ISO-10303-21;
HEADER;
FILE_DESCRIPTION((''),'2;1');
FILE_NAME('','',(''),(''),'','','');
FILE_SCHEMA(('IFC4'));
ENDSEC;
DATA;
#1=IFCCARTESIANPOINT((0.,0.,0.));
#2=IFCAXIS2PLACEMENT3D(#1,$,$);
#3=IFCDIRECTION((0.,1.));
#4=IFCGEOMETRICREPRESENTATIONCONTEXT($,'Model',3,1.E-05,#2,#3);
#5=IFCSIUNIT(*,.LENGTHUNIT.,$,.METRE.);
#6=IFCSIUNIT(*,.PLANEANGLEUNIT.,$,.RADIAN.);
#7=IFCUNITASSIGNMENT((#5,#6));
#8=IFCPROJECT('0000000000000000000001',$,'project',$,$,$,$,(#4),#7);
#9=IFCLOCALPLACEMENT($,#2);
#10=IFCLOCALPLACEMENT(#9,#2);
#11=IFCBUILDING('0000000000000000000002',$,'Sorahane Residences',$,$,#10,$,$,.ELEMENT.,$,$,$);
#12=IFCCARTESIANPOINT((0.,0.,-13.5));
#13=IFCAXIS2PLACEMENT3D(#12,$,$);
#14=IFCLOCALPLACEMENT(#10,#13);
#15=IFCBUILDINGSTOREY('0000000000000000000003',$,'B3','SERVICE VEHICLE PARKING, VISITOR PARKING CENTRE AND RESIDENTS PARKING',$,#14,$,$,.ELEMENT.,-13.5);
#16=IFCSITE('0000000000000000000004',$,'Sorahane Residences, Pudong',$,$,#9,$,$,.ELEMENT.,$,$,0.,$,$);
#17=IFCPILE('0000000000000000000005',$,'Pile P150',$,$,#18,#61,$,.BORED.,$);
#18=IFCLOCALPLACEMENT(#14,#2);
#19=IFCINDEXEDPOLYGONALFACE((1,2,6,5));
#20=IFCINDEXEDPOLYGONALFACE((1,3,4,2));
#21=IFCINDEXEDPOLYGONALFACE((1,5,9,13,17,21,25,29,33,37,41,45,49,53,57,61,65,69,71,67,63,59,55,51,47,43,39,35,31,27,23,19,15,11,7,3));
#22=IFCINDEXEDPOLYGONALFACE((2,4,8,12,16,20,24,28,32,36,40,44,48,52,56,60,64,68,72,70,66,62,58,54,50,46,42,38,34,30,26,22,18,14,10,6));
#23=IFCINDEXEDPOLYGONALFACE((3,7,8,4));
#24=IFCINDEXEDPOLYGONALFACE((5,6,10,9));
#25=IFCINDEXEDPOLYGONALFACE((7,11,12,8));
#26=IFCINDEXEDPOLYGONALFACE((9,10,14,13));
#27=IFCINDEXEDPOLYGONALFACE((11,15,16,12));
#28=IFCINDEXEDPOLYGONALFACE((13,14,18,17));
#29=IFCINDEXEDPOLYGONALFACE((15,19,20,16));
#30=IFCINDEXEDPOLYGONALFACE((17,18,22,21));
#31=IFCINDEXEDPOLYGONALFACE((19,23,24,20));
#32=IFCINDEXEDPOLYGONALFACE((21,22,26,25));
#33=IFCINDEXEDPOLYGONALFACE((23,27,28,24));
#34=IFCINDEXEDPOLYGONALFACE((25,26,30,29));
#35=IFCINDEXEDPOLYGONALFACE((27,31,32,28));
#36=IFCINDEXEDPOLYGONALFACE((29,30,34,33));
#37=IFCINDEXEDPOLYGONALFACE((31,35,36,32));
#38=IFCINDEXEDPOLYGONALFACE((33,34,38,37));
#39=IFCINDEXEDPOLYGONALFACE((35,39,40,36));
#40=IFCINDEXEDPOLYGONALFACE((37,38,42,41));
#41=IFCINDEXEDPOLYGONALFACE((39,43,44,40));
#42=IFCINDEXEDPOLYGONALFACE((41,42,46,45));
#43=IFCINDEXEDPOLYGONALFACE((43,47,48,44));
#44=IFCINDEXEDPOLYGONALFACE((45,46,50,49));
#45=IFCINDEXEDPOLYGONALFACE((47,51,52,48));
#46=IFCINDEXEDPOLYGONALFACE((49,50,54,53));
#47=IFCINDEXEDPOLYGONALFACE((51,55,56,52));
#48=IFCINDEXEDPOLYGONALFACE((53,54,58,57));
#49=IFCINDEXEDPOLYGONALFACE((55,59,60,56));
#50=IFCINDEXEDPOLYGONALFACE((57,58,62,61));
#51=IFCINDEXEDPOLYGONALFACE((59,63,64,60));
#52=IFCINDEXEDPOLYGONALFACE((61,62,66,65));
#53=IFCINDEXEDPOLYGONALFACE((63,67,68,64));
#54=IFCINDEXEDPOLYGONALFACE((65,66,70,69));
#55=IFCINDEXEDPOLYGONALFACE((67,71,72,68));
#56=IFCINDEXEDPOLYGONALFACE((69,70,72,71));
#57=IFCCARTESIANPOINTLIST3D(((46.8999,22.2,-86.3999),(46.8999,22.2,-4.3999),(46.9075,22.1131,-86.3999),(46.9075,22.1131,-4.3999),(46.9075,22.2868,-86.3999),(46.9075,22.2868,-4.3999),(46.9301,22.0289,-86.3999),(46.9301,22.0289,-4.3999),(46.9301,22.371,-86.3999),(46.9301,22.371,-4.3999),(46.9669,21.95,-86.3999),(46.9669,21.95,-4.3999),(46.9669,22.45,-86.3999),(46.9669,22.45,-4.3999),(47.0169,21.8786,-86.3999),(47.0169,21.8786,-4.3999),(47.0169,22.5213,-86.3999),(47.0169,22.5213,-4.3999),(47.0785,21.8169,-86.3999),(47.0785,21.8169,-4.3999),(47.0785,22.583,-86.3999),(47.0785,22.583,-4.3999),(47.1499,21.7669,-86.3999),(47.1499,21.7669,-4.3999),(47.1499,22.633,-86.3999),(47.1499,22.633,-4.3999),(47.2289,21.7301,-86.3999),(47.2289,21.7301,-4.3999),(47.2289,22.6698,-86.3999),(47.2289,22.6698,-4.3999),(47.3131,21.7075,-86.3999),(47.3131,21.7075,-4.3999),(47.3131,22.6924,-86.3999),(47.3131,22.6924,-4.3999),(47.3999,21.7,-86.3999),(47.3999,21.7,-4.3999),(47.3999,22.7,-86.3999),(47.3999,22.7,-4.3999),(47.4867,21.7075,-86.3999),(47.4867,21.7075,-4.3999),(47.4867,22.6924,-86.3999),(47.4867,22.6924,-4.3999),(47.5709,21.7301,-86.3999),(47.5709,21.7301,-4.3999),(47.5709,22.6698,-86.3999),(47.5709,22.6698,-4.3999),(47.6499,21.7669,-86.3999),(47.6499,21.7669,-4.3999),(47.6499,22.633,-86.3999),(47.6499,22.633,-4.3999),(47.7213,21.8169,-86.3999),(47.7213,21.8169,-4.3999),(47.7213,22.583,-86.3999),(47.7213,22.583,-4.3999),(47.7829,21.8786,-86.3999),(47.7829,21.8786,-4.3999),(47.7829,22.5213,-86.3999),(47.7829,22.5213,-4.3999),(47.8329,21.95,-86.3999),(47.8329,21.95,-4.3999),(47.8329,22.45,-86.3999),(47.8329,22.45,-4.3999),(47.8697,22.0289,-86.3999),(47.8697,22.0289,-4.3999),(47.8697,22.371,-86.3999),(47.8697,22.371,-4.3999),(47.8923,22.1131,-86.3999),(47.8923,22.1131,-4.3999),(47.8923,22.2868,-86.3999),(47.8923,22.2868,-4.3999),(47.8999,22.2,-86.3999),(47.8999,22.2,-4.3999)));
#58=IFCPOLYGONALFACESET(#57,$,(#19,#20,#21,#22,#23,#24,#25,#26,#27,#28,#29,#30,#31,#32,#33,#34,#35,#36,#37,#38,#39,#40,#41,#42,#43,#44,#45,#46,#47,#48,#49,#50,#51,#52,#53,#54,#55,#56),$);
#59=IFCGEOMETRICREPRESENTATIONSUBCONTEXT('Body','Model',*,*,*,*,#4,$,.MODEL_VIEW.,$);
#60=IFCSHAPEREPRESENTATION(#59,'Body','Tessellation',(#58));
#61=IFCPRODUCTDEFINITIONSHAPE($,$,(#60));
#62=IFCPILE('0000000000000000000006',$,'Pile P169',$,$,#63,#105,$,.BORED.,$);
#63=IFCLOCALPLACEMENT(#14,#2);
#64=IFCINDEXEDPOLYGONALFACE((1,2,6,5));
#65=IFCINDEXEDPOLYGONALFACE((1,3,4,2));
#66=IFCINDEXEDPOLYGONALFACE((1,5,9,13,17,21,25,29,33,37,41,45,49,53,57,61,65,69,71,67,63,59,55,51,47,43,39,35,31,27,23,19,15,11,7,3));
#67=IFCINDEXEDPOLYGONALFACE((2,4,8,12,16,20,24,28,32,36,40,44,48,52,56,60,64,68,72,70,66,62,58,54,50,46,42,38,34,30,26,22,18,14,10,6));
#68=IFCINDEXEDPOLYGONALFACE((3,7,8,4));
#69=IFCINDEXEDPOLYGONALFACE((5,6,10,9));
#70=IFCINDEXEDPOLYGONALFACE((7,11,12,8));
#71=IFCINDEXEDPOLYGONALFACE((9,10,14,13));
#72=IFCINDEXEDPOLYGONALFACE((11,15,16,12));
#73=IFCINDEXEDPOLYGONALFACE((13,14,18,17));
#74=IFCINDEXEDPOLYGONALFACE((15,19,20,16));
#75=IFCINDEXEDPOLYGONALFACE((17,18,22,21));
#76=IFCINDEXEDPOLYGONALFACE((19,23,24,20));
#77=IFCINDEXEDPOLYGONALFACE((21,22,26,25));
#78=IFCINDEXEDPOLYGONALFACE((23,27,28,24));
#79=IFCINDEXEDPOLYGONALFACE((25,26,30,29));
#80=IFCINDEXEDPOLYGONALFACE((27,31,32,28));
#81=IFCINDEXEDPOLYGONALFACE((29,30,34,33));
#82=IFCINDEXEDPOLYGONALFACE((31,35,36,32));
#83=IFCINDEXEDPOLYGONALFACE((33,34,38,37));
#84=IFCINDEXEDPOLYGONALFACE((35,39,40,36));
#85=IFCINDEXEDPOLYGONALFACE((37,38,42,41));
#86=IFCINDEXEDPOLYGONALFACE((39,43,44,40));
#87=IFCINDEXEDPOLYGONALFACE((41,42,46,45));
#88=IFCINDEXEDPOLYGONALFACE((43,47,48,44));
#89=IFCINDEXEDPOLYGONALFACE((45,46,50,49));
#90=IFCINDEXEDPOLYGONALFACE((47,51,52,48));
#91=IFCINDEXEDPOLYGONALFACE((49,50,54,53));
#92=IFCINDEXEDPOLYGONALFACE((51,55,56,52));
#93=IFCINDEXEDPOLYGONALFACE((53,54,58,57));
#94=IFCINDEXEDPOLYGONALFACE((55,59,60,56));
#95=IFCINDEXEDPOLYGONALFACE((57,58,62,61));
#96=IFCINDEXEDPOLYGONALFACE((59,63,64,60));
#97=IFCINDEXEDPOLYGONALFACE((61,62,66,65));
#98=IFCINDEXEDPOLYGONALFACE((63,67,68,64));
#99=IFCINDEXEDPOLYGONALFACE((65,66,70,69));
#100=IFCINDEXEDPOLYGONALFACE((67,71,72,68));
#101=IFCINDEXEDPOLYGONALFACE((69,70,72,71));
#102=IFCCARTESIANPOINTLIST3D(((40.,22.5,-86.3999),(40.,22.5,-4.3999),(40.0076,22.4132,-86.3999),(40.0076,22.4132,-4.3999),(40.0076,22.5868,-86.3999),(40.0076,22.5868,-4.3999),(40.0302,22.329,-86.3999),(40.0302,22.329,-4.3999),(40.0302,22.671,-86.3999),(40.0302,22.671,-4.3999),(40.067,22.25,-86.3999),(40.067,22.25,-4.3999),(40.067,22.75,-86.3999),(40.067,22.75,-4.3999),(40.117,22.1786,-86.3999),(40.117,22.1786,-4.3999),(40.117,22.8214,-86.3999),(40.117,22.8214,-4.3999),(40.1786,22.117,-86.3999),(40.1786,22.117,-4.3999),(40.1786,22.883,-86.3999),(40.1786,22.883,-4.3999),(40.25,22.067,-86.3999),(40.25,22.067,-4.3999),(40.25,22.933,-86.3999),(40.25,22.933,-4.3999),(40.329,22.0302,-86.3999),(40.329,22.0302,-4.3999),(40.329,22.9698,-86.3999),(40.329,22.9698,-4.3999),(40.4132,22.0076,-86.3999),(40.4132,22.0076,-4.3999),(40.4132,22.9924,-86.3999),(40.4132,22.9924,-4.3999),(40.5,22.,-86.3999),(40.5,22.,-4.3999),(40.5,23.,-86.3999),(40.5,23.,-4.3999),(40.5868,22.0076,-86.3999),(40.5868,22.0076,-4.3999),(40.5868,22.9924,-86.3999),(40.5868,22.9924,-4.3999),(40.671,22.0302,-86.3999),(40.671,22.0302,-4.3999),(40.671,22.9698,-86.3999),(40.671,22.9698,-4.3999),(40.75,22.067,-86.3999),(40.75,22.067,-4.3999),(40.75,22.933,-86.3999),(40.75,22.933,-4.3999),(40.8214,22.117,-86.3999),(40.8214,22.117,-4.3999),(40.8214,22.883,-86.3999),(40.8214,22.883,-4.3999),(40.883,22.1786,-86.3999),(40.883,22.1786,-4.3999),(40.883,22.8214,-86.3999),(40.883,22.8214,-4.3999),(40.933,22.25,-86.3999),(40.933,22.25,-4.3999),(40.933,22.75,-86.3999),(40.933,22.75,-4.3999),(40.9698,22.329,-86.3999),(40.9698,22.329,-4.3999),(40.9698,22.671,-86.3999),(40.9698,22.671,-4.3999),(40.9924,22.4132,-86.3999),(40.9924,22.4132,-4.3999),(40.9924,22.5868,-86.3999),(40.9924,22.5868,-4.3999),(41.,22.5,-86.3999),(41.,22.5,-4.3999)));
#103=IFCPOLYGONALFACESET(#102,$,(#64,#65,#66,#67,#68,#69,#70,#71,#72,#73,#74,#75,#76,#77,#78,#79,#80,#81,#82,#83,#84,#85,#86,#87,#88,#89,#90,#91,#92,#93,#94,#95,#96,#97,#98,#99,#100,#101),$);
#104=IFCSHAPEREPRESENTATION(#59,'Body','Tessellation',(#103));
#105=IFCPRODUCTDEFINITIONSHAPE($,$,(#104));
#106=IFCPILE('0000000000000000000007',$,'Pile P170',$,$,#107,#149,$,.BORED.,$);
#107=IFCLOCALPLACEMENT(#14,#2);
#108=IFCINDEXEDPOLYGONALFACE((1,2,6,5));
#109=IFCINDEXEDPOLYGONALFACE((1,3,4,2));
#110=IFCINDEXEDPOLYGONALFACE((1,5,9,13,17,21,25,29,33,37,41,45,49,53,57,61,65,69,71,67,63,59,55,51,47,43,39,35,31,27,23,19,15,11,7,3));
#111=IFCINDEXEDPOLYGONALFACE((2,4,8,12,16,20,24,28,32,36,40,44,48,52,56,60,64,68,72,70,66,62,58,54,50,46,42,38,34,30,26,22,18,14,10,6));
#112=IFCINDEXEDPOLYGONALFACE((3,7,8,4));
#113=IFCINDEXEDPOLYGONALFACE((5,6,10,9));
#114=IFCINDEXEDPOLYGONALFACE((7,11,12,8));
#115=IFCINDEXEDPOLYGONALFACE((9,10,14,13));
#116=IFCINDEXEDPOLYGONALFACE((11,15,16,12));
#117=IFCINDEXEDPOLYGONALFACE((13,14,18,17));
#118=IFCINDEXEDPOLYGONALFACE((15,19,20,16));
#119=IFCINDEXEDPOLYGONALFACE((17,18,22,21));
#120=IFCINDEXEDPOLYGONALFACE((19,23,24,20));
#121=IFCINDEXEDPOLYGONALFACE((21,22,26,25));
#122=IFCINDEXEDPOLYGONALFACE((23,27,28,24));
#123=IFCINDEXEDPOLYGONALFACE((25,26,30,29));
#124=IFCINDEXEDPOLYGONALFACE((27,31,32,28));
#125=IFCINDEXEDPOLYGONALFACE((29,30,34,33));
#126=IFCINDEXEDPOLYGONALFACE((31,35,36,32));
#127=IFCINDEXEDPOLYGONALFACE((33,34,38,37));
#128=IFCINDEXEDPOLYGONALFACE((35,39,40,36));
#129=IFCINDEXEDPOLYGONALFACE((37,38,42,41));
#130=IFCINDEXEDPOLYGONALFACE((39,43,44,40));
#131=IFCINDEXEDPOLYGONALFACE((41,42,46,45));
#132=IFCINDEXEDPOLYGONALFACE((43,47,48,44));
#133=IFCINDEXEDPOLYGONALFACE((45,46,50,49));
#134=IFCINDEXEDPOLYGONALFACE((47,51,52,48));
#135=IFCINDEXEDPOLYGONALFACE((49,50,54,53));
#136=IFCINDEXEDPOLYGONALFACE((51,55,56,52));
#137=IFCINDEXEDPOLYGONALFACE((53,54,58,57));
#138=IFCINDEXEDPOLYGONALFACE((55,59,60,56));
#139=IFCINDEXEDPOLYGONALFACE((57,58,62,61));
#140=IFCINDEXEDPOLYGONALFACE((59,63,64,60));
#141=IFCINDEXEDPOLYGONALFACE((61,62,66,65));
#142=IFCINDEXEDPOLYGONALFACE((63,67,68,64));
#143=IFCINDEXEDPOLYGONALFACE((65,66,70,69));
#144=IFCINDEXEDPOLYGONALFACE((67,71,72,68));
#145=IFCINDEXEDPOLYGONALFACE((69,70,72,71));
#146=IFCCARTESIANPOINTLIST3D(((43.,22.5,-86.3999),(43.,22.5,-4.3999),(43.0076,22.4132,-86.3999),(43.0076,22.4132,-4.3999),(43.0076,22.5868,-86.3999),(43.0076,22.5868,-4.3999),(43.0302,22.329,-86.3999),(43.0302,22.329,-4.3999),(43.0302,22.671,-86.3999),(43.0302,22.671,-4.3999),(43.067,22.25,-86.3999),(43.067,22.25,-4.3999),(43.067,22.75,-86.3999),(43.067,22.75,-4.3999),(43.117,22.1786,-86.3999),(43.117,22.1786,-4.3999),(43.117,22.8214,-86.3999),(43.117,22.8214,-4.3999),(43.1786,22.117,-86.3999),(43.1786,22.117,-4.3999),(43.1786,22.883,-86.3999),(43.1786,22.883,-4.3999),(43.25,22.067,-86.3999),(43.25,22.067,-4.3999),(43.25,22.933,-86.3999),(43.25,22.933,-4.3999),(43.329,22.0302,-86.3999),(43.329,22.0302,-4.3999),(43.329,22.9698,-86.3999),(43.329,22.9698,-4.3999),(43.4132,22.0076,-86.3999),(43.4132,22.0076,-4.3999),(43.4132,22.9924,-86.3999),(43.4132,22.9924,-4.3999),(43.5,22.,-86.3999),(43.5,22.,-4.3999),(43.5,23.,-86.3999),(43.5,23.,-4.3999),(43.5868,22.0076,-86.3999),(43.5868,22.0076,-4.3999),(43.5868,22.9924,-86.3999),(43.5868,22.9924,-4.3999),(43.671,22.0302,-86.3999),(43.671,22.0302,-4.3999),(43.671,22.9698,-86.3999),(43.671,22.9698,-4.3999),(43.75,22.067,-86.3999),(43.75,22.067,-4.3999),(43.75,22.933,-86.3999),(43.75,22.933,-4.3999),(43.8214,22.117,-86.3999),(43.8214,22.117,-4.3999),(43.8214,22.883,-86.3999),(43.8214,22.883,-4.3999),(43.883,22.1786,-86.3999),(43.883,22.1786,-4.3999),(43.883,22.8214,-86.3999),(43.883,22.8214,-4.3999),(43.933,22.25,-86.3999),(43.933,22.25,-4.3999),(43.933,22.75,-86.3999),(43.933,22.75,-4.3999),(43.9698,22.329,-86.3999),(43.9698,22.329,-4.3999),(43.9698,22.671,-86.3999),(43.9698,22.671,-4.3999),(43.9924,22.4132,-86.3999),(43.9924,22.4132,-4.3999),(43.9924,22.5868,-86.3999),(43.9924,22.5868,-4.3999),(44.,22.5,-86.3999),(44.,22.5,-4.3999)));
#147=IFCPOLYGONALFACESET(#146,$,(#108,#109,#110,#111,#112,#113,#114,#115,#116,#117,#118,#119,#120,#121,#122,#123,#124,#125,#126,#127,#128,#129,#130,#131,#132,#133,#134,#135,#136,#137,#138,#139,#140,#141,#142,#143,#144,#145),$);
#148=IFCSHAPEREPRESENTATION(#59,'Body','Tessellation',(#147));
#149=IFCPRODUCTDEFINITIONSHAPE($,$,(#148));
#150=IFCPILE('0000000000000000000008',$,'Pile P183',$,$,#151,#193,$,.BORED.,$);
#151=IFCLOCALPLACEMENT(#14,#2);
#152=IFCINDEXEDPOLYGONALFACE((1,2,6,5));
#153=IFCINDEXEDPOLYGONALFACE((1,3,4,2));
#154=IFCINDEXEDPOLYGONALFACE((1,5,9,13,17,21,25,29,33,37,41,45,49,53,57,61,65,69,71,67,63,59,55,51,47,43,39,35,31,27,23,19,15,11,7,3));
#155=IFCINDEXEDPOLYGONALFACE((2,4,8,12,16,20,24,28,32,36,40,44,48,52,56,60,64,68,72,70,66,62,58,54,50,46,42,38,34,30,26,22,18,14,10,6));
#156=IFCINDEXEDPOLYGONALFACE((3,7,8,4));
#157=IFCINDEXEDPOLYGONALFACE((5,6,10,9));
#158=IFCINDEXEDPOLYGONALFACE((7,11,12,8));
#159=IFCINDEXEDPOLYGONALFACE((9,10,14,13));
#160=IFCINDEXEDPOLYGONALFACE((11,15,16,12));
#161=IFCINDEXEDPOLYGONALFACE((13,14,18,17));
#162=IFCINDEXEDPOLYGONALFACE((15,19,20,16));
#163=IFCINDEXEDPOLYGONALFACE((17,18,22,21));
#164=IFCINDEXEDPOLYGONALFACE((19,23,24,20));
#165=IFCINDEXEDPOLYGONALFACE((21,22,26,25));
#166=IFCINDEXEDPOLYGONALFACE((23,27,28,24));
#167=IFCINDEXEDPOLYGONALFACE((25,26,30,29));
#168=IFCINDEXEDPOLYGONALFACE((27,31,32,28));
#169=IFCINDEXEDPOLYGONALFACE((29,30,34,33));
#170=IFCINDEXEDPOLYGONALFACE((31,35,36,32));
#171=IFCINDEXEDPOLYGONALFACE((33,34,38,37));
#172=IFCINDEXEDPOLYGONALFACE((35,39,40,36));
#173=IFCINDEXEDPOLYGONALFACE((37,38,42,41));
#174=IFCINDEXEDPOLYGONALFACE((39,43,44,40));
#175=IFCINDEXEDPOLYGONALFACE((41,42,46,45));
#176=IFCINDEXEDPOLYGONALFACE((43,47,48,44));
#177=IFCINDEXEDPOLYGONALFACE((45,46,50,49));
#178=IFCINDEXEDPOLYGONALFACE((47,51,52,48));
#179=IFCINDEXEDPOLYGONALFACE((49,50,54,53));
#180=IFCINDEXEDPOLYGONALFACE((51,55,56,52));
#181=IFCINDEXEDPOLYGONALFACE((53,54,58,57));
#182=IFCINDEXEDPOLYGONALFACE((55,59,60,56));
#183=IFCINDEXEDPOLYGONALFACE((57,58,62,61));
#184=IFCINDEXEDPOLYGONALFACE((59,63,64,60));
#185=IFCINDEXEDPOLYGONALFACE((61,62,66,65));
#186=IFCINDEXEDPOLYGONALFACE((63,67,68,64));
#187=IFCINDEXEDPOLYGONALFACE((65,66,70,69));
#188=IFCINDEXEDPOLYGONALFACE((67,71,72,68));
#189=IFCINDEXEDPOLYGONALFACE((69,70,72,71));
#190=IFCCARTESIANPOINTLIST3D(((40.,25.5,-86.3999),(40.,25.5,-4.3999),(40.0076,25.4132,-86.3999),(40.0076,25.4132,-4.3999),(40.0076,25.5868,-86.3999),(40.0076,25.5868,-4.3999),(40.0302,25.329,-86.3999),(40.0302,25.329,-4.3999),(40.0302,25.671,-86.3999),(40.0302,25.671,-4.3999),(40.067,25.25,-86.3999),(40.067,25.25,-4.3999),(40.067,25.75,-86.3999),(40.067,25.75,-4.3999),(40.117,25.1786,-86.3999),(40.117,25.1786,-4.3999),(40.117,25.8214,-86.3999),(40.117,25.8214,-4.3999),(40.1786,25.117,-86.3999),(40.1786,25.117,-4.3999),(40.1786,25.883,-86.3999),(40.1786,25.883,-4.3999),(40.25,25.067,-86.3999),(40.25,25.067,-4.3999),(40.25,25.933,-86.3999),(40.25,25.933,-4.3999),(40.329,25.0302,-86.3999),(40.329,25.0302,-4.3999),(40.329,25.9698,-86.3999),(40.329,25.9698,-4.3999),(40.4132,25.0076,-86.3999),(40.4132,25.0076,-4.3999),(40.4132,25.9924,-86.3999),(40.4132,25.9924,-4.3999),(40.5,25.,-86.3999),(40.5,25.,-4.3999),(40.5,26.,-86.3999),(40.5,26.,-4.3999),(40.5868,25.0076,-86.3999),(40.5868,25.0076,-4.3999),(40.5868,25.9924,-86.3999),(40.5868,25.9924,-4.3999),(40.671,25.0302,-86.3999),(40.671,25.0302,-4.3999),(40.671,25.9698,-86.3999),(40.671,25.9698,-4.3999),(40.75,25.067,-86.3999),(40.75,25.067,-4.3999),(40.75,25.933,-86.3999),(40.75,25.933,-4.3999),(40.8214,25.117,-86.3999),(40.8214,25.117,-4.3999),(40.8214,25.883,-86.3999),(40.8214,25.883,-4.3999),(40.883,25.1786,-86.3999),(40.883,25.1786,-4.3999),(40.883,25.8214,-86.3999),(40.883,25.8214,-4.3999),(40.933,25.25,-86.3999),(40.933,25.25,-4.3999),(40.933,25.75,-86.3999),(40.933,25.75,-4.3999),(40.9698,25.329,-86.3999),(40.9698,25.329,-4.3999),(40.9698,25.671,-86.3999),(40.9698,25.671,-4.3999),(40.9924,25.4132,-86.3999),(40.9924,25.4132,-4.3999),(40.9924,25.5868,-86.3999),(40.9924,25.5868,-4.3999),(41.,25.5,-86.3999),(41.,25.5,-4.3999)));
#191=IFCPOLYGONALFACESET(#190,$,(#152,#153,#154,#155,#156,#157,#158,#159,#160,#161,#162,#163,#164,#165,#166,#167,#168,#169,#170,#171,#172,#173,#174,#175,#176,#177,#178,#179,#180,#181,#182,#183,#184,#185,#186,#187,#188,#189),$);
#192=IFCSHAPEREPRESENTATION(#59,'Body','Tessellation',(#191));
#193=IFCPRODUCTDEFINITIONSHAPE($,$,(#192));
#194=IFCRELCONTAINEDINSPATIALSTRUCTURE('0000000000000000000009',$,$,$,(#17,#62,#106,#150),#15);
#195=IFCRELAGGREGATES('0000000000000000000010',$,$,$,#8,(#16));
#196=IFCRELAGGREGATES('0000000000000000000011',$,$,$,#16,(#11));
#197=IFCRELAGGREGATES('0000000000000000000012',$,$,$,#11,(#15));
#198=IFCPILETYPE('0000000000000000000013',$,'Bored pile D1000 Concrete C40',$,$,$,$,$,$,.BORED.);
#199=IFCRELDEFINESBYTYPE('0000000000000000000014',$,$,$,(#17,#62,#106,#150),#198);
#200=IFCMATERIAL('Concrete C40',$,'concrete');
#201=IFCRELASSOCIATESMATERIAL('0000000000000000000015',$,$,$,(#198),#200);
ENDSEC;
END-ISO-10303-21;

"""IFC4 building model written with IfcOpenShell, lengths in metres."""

from ifc_helpers import new_model, si_unit, direction, frame, origin, origin_2d, place, context, subcontext, project, spatial, circle, extrude, material, material_profile, profile_set, type_object, element, save


model = new_model("IFC4")

# Units and contexts
model_context = context("Model", 3, precision=1e-05, world=origin(), true_north=direction((0.0, 1.0)))
body_context = subcontext(model_context, "Body", "Model", "MODEL_VIEW")
ifc_project = project(units=[si_unit("LENGTHUNIT", "METRE"), si_unit("PLANEANGLEUNIT", "RADIAN")], contexts=[model_context])

# Site, building, storey
site_placement = place(None, origin())
site = spatial("IfcSite", under=ifc_project, at=site_placement, Name="Sorahane Residences, Pudong", CompositionType="ELEMENT", RefElevation=0.0)
building_placement = place(site_placement, origin())
building = spatial("IfcBuilding", under=site, at=building_placement, Name="Sorahane Residences", CompositionType="ELEMENT")
storey_placement = place(building_placement, frame((0.0, 0.0, -13.5)))
storey = spatial("IfcBuildingStorey", under=building, at=storey_placement, Name="B3", Description="SERVICE VEHICLE PARKING, VISITOR PARKING CENTRE AND RESIDENTS PARKING", CompositionType="ELEMENT", Elevation=-13.5)

# Piles
ifc_material_1 = material(Name="Concrete C40", Category="concrete")
ifc_material_profile_1 = material_profile(ifc_material_1, circle(Radius=0.5, at=origin_2d()), Name="D1000")
ifc_profile_set_1 = profile_set([ifc_material_profile_1], Name="Concrete C40")
pile_type = type_object("IfcPileType", Name="Bored pile D1000 Concrete C40", PredefinedType="BORED", material=ifc_profile_set_1)
for number, where, z_axis, x_axis, name in (
    (1, (47.3999, 22.2, -4.3999), (0.0, 0.0, -1.0), (1.0, 0.0, 0.0), "Pile P150"),
    (2, (40.5, 22.5, -4.3999), (0.0, 0.0, -1.0), (1.0, 0.0, 0.0), "Pile P169"),
    (3, (43.5, 22.5, -4.3999), (0.0, 0.0, -1.0), (1.0, 0.0, 0.0), "Pile P170"),
    (4, (40.5, 25.5, -4.3999), (0.0, 0.0, -1.0), (1.0, 0.0, 0.0), "Pile P183"),
):
    element("IfcPile", number, at=place(storey_placement, frame(where, z_axis=z_axis, x_axis=x_axis)), inside=storey, type_object=pile_type, Name=name, PredefinedType="BORED", context=body_context, shape_type="SweptSolid", body=[
        extrude(circle(Radius=0.5, at=origin_2d()), origin(), (0.0, 0.0, 1.0), 82.0),
    ])

save(model, "model.ifc")
